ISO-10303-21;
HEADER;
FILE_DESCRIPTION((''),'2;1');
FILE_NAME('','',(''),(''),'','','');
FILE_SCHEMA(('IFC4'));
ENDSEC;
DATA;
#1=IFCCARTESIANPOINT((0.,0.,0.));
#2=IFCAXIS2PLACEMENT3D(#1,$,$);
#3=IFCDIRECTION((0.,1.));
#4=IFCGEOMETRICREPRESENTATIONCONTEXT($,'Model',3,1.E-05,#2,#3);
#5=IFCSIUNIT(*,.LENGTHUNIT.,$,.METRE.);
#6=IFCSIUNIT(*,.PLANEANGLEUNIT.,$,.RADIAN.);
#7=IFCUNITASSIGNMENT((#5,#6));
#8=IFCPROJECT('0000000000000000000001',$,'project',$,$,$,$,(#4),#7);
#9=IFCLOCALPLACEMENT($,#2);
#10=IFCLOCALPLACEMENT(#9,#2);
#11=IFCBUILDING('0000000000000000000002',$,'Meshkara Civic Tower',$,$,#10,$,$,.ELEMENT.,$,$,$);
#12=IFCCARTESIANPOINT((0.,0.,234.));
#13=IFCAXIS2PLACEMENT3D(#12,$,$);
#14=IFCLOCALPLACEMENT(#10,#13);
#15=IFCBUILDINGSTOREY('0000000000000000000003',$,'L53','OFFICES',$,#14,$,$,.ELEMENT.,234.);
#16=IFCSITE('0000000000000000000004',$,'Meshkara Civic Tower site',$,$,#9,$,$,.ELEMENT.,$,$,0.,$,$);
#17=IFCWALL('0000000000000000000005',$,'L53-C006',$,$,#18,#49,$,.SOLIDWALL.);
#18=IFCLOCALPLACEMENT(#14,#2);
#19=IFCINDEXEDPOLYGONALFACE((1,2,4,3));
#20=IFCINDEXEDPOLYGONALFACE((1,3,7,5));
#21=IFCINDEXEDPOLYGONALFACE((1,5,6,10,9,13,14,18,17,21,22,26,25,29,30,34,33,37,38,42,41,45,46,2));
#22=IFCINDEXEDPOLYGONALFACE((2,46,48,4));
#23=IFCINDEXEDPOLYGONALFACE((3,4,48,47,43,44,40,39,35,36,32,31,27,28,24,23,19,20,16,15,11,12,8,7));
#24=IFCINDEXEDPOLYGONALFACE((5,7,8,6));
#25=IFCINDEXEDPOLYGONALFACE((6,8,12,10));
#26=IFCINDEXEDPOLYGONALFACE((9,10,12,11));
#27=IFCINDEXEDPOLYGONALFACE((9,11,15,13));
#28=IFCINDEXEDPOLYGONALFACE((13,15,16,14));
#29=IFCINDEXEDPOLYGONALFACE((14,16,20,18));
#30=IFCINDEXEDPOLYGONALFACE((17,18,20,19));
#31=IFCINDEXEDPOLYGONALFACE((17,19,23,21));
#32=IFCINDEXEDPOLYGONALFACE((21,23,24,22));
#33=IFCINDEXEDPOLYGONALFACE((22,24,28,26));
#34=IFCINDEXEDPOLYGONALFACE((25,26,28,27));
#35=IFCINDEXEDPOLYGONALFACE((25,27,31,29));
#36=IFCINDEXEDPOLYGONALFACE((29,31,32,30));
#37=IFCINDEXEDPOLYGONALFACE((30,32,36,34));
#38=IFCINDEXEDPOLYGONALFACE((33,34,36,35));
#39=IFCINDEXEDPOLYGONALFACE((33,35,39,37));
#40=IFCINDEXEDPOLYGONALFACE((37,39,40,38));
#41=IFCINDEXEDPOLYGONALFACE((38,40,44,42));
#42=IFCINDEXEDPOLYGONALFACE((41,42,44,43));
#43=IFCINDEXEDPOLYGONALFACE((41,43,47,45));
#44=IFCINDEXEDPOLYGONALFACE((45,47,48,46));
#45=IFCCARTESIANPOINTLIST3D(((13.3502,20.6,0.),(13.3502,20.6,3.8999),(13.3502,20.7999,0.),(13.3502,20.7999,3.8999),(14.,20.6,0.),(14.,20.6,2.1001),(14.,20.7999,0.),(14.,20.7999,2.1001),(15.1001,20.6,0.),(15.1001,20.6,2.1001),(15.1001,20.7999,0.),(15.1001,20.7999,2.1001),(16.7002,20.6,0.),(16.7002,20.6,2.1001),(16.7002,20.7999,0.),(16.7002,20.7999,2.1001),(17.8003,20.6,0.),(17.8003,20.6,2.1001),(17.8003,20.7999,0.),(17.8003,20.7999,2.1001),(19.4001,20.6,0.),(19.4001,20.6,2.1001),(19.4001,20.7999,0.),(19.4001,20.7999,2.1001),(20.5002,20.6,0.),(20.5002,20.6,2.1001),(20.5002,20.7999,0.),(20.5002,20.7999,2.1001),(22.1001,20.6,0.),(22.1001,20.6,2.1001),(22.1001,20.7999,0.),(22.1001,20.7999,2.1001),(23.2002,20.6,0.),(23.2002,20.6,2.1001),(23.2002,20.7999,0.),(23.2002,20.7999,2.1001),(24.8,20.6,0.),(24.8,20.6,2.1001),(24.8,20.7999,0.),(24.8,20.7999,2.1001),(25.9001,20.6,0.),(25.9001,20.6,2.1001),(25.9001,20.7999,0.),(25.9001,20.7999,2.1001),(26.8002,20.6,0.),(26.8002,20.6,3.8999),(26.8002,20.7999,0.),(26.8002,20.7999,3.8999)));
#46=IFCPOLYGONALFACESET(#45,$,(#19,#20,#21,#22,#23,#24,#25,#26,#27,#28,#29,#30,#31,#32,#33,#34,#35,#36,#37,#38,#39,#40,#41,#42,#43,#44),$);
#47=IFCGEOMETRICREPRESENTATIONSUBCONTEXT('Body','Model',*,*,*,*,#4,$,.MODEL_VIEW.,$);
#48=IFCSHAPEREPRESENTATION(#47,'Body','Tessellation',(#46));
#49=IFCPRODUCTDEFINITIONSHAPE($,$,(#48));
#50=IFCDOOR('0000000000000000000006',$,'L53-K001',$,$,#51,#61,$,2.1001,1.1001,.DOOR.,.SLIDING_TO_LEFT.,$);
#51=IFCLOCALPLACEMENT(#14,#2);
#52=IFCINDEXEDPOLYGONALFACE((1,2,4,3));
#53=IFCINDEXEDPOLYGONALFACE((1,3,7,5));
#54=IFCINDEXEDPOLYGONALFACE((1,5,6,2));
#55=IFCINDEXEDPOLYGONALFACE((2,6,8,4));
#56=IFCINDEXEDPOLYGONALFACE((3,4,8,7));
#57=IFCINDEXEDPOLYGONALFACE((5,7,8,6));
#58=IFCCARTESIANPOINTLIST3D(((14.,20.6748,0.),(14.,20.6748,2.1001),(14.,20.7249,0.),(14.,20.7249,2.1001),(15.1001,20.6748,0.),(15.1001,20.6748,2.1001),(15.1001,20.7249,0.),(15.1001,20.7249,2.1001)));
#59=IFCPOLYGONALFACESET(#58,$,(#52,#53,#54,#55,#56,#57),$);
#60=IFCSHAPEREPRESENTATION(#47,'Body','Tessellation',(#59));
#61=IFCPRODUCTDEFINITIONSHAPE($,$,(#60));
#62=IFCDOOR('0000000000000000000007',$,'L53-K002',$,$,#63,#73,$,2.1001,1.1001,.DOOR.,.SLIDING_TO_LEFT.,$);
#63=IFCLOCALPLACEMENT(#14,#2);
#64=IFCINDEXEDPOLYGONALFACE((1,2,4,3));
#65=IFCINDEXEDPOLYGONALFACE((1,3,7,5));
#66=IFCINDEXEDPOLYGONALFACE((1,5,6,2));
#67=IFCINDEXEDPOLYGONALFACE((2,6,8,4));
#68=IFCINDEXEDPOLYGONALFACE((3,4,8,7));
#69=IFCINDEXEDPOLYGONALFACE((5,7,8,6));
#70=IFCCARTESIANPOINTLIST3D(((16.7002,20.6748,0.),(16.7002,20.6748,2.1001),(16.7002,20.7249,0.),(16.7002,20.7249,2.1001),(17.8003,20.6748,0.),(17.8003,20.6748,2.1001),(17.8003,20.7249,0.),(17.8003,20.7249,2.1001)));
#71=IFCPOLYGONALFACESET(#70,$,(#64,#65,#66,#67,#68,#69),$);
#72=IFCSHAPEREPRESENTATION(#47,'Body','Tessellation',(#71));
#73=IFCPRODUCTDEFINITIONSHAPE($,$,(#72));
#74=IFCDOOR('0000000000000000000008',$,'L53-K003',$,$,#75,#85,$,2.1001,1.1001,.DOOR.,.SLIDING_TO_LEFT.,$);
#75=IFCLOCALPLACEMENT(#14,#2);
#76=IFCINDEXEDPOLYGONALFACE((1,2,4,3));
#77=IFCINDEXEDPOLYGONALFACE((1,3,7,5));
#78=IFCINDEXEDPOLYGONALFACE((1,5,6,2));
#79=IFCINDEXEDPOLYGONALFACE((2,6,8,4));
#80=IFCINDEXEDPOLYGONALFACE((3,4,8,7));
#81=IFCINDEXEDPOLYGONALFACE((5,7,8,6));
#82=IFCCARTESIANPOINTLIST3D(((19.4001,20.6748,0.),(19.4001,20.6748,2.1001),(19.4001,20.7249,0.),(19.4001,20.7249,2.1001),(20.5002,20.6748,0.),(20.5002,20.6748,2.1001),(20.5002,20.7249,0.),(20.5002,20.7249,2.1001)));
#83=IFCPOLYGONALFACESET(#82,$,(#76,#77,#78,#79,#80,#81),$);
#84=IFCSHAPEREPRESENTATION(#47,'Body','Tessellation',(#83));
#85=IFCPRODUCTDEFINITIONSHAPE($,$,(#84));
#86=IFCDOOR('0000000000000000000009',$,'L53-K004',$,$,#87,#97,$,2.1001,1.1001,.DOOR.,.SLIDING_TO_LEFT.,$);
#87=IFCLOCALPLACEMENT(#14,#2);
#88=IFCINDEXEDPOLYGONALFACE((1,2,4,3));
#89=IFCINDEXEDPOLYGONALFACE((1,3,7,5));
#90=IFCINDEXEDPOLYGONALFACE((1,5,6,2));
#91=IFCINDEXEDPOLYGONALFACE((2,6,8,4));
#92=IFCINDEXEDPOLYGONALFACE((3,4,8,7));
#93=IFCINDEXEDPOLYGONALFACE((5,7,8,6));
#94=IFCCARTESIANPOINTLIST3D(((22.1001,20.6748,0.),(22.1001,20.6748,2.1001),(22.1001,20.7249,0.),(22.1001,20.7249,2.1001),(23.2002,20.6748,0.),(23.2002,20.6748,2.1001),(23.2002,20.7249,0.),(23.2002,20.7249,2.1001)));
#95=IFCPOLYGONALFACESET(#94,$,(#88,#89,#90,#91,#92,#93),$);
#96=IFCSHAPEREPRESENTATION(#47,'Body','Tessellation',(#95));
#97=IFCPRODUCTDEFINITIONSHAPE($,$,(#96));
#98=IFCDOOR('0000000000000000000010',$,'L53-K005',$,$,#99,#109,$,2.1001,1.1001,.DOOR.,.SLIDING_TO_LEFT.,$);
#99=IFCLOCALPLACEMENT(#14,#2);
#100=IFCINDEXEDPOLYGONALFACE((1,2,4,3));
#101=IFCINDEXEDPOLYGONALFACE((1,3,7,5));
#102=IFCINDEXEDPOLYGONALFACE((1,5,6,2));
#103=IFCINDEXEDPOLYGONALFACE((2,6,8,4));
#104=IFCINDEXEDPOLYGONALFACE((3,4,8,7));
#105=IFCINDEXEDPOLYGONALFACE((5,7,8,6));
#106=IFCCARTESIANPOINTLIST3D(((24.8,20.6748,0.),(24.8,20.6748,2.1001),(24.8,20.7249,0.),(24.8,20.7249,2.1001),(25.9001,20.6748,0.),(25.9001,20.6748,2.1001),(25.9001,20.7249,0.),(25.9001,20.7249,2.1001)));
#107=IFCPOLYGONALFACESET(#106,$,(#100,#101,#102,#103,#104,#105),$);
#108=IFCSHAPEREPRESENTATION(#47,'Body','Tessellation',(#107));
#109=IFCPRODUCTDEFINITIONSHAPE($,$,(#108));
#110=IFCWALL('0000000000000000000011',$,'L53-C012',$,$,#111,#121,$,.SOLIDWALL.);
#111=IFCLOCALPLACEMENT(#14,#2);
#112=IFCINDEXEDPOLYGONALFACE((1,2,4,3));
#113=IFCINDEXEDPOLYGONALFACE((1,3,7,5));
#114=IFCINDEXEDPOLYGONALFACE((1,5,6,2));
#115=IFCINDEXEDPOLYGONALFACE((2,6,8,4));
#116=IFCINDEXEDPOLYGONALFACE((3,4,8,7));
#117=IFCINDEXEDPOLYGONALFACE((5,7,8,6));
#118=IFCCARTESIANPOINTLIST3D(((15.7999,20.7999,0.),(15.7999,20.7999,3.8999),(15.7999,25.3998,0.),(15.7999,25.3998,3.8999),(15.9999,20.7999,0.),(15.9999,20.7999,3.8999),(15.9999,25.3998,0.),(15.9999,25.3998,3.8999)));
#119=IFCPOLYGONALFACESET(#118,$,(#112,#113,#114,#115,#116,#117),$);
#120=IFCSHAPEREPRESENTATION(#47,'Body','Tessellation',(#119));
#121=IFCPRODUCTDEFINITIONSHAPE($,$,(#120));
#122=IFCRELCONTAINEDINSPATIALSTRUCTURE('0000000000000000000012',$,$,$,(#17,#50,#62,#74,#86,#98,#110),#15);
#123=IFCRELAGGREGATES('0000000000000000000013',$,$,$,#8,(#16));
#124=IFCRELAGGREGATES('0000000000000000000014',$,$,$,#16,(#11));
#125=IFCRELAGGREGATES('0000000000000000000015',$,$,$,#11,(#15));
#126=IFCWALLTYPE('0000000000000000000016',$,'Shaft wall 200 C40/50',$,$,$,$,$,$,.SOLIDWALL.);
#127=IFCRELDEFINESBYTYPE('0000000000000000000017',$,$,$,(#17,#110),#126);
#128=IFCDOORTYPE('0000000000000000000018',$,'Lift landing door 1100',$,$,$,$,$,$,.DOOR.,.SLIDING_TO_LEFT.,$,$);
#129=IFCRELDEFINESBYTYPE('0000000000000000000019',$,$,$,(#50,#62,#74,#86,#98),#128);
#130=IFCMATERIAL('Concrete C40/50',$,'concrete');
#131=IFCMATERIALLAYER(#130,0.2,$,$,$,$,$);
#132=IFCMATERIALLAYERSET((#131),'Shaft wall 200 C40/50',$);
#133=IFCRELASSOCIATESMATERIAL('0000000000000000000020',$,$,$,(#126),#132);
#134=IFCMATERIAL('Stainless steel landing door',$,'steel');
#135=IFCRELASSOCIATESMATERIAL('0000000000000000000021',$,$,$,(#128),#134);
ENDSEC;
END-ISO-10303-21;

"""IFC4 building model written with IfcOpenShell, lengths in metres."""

from ifc_helpers import new_model, si_unit, direction, frame, frame_2d, origin, place, context, subcontext, project, spatial, rectangle, extrude, material, layer, layer_set, type_object, element, fill, save


model = new_model("IFC4")

# Units and contexts
model_context = context("Model", 3, precision=1e-05, world=origin(), true_north=direction((0.0, 1.0)))
body_context = subcontext(model_context, "Body", "Model", "MODEL_VIEW")
ifc_project = project(units=[si_unit("LENGTHUNIT", "METRE"), si_unit("PLANEANGLEUNIT", "RADIAN")], contexts=[model_context])

# Site, building, storey
site_placement = place(None, origin())
site = spatial("IfcSite", under=ifc_project, at=site_placement, Name="Meshkara Civic Tower site", CompositionType="ELEMENT", RefElevation=0.0)
building_placement = place(site_placement, origin())
building = spatial("IfcBuilding", under=site, at=building_placement, Name="Meshkara Civic Tower", CompositionType="ELEMENT")
storey_placement = place(building_placement, frame((0.0, 0.0, 234.0)))
storey = spatial("IfcBuildingStorey", under=building, at=storey_placement, Name="L53", Description="OFFICES", CompositionType="ELEMENT", Elevation=234.0)

# Wall, openings, doors
ifc_material_1 = material(Name="Concrete C40/50", Category="concrete")
ifc_layer_1 = layer(ifc_material_1, 0.2)
ifc_layer_set_1 = layer_set([ifc_layer_1], Name="Shaft wall 200 C40/50")
wall_type_1 = type_object("IfcWallType", Name="Shaft wall 200 C40/50", PredefinedType="SOLIDWALL", material=ifc_layer_set_1)
wall_1_placement = place(storey_placement, frame((13.3501, 20.7, 0.0), z_axis=(0.0, 0.0, 1.0), x_axis=(1.0, 0.0, 0.0)))
wall_1 = element("IfcWall", 1, at=wall_1_placement, inside=storey, type_object=wall_type_1, Name="L53-C006", PredefinedType="SOLIDWALL", context=body_context, shape_type="SweptSolid", body=[
    extrude(rectangle(XDim=13.45, YDim=0.2, at=frame_2d((6.7251, 0.0))), origin(), (0.0, 0.0, 1.0), 3.8999),
])
opening_1_placement = place(wall_1_placement, frame((0.6499, 0.0, 0.0)))
opening_1 = element("IfcOpeningElement", 2, at=opening_1_placement, cuts=wall_1, PredefinedType="OPENING", context=body_context, shape_type="SweptSolid", body=[
    extrude(rectangle(XDim=1.1001, YDim=2.1001, at=frame_2d((0.55, 1.05))), frame((0.0, 0.1099, 0.0), z_axis=(0.0, -1.0, 0.0), x_axis=(1.0, 0.0, 0.0)), (0.0, 0.0, 1.0), 0.22),
])
opening_2_placement = place(wall_1_placement, frame((3.3501, 0.0, 0.0)))
opening_2 = element("IfcOpeningElement", 3, at=opening_2_placement, cuts=wall_1, PredefinedType="OPENING", context=body_context, shape_type="SweptSolid", body=[
    extrude(rectangle(XDim=1.1001, YDim=2.1001, at=frame_2d((0.55, 1.05))), frame((0.0, 0.1099, 0.0), z_axis=(0.0, -1.0, 0.0), x_axis=(1.0, 0.0, 0.0)), (0.0, 0.0, 1.0), 0.22),
])
opening_3_placement = place(wall_1_placement, frame((6.05, 0.0, 0.0)))
opening_3 = element("IfcOpeningElement", 4, at=opening_3_placement, cuts=wall_1, PredefinedType="OPENING", context=body_context, shape_type="SweptSolid", body=[
    extrude(rectangle(XDim=1.1001, YDim=2.1001, at=frame_2d((0.55, 1.05))), frame((0.0, 0.1099, 0.0), z_axis=(0.0, -1.0, 0.0), x_axis=(1.0, 0.0, 0.0)), (0.0, 0.0, 1.0), 0.22),
])
opening_4_placement = place(wall_1_placement, frame((8.75, 0.0, 0.0)))
opening_4 = element("IfcOpeningElement", 5, at=opening_4_placement, cuts=wall_1, PredefinedType="OPENING", context=body_context, shape_type="SweptSolid", body=[
    extrude(rectangle(XDim=1.1001, YDim=2.1001, at=frame_2d((0.55, 1.05))), frame((0.0, 0.1099, 0.0), z_axis=(0.0, -1.0, 0.0), x_axis=(1.0, 0.0, 0.0)), (0.0, 0.0, 1.0), 0.22),
])
opening_5_placement = place(wall_1_placement, frame((11.45, 0.0, 0.0)))
opening_5 = element("IfcOpeningElement", 6, at=opening_5_placement, cuts=wall_1, PredefinedType="OPENING", context=body_context, shape_type="SweptSolid", body=[
    extrude(rectangle(XDim=1.1001, YDim=2.1001, at=frame_2d((0.55, 1.05))), frame((0.0, 0.1099, 0.0), z_axis=(0.0, -1.0, 0.0), x_axis=(1.0, 0.0, 0.0)), (0.0, 0.0, 1.0), 0.22),
])
ifc_material_2 = material(Name="Stainless steel landing door", Category="steel")
door_type_1 = type_object("IfcDoorType", Name="Lift landing door 1100", OperationType="SLIDING_TO_LEFT", PredefinedType="DOOR", material=ifc_material_2)
door_1_placement = place(opening_1_placement, origin())
door_1 = element("IfcDoor", 7, at=door_1_placement, inside=storey, type_object=door_type_1, Name="L53-K001", OperationType="SLIDING_TO_LEFT", OverallHeight=2.1001, OverallWidth=1.1001, PredefinedType="DOOR", context=body_context, shape_type="SweptSolid", body=[
    extrude(rectangle(XDim=1.1001, YDim=2.1001, at=frame_2d((0.55, 1.05))), frame((0.0, 0.0249, 0.0), z_axis=(0.0, -1.0, 0.0), x_axis=(1.0, 0.0, 0.0)), (0.0, 0.0, 1.0), 0.05),
])
fill(opening_1, door_1)
door_2_placement = place(opening_2_placement, origin())
door_2 = element("IfcDoor", 8, at=door_2_placement, inside=storey, type_object=door_type_1, Name="L53-K002", OperationType="SLIDING_TO_LEFT", OverallHeight=2.1001, OverallWidth=1.1001, PredefinedType="DOOR", context=body_context, shape_type="SweptSolid", body=[
    extrude(rectangle(XDim=1.1001, YDim=2.1001, at=frame_2d((0.55, 1.05))), frame((0.0, 0.0249, 0.0), z_axis=(0.0, -1.0, 0.0), x_axis=(1.0, 0.0, 0.0)), (0.0, 0.0, 1.0), 0.05),
])
fill(opening_2, door_2)
door_3_placement = place(opening_3_placement, origin())
door_3 = element("IfcDoor", 9, at=door_3_placement, inside=storey, type_object=door_type_1, Name="L53-K003", OperationType="SLIDING_TO_LEFT", OverallHeight=2.1001, OverallWidth=1.1001, PredefinedType="DOOR", context=body_context, shape_type="SweptSolid", body=[
    extrude(rectangle(XDim=1.1001, YDim=2.1001, at=frame_2d((0.55, 1.05))), frame((0.0, 0.0249, 0.0), z_axis=(0.0, -1.0, 0.0), x_axis=(1.0, 0.0, 0.0)), (0.0, 0.0, 1.0), 0.05),
])
fill(opening_3, door_3)
door_4_placement = place(opening_4_placement, origin())
door_4 = element("IfcDoor", 10, at=door_4_placement, inside=storey, type_object=door_type_1, Name="L53-K004", OperationType="SLIDING_TO_LEFT", OverallHeight=2.1001, OverallWidth=1.1001, PredefinedType="DOOR", context=body_context, shape_type="SweptSolid", body=[
    extrude(rectangle(XDim=1.1001, YDim=2.1001, at=frame_2d((0.55, 1.05))), frame((0.0, 0.0249, 0.0), z_axis=(0.0, -1.0, 0.0), x_axis=(1.0, 0.0, 0.0)), (0.0, 0.0, 1.0), 0.05),
])
fill(opening_4, door_4)
door_5_placement = place(opening_5_placement, origin())
door_5 = element("IfcDoor", 11, at=door_5_placement, inside=storey, type_object=door_type_1, Name="L53-K005", OperationType="SLIDING_TO_LEFT", OverallHeight=2.1001, OverallWidth=1.1001, PredefinedType="DOOR", context=body_context, shape_type="SweptSolid", body=[
    extrude(rectangle(XDim=1.1001, YDim=2.1001, at=frame_2d((0.55, 1.05))), frame((0.0, 0.0249, 0.0), z_axis=(0.0, -1.0, 0.0), x_axis=(1.0, 0.0, 0.0)), (0.0, 0.0, 1.0), 0.05),
])
fill(opening_5, door_5)

# Wall
wall_2_placement = place(storey_placement, frame((15.8999, 20.8, 0.0), z_axis=(0.0, 0.0, 1.0), x_axis=(0.0, 1.0, 0.0)))
element("IfcWall", 12, at=wall_2_placement, inside=storey, type_object=wall_type_1, Name="L53-C012", PredefinedType="SOLIDWALL", context=body_context, shape_type="SweptSolid", body=[
    extrude(rectangle(XDim=4.5999, YDim=0.2, at=frame_2d((2.2998, 0.0))), origin(), (0.0, 0.0, 1.0), 3.8999),
])

save(model, "model.ifc")
